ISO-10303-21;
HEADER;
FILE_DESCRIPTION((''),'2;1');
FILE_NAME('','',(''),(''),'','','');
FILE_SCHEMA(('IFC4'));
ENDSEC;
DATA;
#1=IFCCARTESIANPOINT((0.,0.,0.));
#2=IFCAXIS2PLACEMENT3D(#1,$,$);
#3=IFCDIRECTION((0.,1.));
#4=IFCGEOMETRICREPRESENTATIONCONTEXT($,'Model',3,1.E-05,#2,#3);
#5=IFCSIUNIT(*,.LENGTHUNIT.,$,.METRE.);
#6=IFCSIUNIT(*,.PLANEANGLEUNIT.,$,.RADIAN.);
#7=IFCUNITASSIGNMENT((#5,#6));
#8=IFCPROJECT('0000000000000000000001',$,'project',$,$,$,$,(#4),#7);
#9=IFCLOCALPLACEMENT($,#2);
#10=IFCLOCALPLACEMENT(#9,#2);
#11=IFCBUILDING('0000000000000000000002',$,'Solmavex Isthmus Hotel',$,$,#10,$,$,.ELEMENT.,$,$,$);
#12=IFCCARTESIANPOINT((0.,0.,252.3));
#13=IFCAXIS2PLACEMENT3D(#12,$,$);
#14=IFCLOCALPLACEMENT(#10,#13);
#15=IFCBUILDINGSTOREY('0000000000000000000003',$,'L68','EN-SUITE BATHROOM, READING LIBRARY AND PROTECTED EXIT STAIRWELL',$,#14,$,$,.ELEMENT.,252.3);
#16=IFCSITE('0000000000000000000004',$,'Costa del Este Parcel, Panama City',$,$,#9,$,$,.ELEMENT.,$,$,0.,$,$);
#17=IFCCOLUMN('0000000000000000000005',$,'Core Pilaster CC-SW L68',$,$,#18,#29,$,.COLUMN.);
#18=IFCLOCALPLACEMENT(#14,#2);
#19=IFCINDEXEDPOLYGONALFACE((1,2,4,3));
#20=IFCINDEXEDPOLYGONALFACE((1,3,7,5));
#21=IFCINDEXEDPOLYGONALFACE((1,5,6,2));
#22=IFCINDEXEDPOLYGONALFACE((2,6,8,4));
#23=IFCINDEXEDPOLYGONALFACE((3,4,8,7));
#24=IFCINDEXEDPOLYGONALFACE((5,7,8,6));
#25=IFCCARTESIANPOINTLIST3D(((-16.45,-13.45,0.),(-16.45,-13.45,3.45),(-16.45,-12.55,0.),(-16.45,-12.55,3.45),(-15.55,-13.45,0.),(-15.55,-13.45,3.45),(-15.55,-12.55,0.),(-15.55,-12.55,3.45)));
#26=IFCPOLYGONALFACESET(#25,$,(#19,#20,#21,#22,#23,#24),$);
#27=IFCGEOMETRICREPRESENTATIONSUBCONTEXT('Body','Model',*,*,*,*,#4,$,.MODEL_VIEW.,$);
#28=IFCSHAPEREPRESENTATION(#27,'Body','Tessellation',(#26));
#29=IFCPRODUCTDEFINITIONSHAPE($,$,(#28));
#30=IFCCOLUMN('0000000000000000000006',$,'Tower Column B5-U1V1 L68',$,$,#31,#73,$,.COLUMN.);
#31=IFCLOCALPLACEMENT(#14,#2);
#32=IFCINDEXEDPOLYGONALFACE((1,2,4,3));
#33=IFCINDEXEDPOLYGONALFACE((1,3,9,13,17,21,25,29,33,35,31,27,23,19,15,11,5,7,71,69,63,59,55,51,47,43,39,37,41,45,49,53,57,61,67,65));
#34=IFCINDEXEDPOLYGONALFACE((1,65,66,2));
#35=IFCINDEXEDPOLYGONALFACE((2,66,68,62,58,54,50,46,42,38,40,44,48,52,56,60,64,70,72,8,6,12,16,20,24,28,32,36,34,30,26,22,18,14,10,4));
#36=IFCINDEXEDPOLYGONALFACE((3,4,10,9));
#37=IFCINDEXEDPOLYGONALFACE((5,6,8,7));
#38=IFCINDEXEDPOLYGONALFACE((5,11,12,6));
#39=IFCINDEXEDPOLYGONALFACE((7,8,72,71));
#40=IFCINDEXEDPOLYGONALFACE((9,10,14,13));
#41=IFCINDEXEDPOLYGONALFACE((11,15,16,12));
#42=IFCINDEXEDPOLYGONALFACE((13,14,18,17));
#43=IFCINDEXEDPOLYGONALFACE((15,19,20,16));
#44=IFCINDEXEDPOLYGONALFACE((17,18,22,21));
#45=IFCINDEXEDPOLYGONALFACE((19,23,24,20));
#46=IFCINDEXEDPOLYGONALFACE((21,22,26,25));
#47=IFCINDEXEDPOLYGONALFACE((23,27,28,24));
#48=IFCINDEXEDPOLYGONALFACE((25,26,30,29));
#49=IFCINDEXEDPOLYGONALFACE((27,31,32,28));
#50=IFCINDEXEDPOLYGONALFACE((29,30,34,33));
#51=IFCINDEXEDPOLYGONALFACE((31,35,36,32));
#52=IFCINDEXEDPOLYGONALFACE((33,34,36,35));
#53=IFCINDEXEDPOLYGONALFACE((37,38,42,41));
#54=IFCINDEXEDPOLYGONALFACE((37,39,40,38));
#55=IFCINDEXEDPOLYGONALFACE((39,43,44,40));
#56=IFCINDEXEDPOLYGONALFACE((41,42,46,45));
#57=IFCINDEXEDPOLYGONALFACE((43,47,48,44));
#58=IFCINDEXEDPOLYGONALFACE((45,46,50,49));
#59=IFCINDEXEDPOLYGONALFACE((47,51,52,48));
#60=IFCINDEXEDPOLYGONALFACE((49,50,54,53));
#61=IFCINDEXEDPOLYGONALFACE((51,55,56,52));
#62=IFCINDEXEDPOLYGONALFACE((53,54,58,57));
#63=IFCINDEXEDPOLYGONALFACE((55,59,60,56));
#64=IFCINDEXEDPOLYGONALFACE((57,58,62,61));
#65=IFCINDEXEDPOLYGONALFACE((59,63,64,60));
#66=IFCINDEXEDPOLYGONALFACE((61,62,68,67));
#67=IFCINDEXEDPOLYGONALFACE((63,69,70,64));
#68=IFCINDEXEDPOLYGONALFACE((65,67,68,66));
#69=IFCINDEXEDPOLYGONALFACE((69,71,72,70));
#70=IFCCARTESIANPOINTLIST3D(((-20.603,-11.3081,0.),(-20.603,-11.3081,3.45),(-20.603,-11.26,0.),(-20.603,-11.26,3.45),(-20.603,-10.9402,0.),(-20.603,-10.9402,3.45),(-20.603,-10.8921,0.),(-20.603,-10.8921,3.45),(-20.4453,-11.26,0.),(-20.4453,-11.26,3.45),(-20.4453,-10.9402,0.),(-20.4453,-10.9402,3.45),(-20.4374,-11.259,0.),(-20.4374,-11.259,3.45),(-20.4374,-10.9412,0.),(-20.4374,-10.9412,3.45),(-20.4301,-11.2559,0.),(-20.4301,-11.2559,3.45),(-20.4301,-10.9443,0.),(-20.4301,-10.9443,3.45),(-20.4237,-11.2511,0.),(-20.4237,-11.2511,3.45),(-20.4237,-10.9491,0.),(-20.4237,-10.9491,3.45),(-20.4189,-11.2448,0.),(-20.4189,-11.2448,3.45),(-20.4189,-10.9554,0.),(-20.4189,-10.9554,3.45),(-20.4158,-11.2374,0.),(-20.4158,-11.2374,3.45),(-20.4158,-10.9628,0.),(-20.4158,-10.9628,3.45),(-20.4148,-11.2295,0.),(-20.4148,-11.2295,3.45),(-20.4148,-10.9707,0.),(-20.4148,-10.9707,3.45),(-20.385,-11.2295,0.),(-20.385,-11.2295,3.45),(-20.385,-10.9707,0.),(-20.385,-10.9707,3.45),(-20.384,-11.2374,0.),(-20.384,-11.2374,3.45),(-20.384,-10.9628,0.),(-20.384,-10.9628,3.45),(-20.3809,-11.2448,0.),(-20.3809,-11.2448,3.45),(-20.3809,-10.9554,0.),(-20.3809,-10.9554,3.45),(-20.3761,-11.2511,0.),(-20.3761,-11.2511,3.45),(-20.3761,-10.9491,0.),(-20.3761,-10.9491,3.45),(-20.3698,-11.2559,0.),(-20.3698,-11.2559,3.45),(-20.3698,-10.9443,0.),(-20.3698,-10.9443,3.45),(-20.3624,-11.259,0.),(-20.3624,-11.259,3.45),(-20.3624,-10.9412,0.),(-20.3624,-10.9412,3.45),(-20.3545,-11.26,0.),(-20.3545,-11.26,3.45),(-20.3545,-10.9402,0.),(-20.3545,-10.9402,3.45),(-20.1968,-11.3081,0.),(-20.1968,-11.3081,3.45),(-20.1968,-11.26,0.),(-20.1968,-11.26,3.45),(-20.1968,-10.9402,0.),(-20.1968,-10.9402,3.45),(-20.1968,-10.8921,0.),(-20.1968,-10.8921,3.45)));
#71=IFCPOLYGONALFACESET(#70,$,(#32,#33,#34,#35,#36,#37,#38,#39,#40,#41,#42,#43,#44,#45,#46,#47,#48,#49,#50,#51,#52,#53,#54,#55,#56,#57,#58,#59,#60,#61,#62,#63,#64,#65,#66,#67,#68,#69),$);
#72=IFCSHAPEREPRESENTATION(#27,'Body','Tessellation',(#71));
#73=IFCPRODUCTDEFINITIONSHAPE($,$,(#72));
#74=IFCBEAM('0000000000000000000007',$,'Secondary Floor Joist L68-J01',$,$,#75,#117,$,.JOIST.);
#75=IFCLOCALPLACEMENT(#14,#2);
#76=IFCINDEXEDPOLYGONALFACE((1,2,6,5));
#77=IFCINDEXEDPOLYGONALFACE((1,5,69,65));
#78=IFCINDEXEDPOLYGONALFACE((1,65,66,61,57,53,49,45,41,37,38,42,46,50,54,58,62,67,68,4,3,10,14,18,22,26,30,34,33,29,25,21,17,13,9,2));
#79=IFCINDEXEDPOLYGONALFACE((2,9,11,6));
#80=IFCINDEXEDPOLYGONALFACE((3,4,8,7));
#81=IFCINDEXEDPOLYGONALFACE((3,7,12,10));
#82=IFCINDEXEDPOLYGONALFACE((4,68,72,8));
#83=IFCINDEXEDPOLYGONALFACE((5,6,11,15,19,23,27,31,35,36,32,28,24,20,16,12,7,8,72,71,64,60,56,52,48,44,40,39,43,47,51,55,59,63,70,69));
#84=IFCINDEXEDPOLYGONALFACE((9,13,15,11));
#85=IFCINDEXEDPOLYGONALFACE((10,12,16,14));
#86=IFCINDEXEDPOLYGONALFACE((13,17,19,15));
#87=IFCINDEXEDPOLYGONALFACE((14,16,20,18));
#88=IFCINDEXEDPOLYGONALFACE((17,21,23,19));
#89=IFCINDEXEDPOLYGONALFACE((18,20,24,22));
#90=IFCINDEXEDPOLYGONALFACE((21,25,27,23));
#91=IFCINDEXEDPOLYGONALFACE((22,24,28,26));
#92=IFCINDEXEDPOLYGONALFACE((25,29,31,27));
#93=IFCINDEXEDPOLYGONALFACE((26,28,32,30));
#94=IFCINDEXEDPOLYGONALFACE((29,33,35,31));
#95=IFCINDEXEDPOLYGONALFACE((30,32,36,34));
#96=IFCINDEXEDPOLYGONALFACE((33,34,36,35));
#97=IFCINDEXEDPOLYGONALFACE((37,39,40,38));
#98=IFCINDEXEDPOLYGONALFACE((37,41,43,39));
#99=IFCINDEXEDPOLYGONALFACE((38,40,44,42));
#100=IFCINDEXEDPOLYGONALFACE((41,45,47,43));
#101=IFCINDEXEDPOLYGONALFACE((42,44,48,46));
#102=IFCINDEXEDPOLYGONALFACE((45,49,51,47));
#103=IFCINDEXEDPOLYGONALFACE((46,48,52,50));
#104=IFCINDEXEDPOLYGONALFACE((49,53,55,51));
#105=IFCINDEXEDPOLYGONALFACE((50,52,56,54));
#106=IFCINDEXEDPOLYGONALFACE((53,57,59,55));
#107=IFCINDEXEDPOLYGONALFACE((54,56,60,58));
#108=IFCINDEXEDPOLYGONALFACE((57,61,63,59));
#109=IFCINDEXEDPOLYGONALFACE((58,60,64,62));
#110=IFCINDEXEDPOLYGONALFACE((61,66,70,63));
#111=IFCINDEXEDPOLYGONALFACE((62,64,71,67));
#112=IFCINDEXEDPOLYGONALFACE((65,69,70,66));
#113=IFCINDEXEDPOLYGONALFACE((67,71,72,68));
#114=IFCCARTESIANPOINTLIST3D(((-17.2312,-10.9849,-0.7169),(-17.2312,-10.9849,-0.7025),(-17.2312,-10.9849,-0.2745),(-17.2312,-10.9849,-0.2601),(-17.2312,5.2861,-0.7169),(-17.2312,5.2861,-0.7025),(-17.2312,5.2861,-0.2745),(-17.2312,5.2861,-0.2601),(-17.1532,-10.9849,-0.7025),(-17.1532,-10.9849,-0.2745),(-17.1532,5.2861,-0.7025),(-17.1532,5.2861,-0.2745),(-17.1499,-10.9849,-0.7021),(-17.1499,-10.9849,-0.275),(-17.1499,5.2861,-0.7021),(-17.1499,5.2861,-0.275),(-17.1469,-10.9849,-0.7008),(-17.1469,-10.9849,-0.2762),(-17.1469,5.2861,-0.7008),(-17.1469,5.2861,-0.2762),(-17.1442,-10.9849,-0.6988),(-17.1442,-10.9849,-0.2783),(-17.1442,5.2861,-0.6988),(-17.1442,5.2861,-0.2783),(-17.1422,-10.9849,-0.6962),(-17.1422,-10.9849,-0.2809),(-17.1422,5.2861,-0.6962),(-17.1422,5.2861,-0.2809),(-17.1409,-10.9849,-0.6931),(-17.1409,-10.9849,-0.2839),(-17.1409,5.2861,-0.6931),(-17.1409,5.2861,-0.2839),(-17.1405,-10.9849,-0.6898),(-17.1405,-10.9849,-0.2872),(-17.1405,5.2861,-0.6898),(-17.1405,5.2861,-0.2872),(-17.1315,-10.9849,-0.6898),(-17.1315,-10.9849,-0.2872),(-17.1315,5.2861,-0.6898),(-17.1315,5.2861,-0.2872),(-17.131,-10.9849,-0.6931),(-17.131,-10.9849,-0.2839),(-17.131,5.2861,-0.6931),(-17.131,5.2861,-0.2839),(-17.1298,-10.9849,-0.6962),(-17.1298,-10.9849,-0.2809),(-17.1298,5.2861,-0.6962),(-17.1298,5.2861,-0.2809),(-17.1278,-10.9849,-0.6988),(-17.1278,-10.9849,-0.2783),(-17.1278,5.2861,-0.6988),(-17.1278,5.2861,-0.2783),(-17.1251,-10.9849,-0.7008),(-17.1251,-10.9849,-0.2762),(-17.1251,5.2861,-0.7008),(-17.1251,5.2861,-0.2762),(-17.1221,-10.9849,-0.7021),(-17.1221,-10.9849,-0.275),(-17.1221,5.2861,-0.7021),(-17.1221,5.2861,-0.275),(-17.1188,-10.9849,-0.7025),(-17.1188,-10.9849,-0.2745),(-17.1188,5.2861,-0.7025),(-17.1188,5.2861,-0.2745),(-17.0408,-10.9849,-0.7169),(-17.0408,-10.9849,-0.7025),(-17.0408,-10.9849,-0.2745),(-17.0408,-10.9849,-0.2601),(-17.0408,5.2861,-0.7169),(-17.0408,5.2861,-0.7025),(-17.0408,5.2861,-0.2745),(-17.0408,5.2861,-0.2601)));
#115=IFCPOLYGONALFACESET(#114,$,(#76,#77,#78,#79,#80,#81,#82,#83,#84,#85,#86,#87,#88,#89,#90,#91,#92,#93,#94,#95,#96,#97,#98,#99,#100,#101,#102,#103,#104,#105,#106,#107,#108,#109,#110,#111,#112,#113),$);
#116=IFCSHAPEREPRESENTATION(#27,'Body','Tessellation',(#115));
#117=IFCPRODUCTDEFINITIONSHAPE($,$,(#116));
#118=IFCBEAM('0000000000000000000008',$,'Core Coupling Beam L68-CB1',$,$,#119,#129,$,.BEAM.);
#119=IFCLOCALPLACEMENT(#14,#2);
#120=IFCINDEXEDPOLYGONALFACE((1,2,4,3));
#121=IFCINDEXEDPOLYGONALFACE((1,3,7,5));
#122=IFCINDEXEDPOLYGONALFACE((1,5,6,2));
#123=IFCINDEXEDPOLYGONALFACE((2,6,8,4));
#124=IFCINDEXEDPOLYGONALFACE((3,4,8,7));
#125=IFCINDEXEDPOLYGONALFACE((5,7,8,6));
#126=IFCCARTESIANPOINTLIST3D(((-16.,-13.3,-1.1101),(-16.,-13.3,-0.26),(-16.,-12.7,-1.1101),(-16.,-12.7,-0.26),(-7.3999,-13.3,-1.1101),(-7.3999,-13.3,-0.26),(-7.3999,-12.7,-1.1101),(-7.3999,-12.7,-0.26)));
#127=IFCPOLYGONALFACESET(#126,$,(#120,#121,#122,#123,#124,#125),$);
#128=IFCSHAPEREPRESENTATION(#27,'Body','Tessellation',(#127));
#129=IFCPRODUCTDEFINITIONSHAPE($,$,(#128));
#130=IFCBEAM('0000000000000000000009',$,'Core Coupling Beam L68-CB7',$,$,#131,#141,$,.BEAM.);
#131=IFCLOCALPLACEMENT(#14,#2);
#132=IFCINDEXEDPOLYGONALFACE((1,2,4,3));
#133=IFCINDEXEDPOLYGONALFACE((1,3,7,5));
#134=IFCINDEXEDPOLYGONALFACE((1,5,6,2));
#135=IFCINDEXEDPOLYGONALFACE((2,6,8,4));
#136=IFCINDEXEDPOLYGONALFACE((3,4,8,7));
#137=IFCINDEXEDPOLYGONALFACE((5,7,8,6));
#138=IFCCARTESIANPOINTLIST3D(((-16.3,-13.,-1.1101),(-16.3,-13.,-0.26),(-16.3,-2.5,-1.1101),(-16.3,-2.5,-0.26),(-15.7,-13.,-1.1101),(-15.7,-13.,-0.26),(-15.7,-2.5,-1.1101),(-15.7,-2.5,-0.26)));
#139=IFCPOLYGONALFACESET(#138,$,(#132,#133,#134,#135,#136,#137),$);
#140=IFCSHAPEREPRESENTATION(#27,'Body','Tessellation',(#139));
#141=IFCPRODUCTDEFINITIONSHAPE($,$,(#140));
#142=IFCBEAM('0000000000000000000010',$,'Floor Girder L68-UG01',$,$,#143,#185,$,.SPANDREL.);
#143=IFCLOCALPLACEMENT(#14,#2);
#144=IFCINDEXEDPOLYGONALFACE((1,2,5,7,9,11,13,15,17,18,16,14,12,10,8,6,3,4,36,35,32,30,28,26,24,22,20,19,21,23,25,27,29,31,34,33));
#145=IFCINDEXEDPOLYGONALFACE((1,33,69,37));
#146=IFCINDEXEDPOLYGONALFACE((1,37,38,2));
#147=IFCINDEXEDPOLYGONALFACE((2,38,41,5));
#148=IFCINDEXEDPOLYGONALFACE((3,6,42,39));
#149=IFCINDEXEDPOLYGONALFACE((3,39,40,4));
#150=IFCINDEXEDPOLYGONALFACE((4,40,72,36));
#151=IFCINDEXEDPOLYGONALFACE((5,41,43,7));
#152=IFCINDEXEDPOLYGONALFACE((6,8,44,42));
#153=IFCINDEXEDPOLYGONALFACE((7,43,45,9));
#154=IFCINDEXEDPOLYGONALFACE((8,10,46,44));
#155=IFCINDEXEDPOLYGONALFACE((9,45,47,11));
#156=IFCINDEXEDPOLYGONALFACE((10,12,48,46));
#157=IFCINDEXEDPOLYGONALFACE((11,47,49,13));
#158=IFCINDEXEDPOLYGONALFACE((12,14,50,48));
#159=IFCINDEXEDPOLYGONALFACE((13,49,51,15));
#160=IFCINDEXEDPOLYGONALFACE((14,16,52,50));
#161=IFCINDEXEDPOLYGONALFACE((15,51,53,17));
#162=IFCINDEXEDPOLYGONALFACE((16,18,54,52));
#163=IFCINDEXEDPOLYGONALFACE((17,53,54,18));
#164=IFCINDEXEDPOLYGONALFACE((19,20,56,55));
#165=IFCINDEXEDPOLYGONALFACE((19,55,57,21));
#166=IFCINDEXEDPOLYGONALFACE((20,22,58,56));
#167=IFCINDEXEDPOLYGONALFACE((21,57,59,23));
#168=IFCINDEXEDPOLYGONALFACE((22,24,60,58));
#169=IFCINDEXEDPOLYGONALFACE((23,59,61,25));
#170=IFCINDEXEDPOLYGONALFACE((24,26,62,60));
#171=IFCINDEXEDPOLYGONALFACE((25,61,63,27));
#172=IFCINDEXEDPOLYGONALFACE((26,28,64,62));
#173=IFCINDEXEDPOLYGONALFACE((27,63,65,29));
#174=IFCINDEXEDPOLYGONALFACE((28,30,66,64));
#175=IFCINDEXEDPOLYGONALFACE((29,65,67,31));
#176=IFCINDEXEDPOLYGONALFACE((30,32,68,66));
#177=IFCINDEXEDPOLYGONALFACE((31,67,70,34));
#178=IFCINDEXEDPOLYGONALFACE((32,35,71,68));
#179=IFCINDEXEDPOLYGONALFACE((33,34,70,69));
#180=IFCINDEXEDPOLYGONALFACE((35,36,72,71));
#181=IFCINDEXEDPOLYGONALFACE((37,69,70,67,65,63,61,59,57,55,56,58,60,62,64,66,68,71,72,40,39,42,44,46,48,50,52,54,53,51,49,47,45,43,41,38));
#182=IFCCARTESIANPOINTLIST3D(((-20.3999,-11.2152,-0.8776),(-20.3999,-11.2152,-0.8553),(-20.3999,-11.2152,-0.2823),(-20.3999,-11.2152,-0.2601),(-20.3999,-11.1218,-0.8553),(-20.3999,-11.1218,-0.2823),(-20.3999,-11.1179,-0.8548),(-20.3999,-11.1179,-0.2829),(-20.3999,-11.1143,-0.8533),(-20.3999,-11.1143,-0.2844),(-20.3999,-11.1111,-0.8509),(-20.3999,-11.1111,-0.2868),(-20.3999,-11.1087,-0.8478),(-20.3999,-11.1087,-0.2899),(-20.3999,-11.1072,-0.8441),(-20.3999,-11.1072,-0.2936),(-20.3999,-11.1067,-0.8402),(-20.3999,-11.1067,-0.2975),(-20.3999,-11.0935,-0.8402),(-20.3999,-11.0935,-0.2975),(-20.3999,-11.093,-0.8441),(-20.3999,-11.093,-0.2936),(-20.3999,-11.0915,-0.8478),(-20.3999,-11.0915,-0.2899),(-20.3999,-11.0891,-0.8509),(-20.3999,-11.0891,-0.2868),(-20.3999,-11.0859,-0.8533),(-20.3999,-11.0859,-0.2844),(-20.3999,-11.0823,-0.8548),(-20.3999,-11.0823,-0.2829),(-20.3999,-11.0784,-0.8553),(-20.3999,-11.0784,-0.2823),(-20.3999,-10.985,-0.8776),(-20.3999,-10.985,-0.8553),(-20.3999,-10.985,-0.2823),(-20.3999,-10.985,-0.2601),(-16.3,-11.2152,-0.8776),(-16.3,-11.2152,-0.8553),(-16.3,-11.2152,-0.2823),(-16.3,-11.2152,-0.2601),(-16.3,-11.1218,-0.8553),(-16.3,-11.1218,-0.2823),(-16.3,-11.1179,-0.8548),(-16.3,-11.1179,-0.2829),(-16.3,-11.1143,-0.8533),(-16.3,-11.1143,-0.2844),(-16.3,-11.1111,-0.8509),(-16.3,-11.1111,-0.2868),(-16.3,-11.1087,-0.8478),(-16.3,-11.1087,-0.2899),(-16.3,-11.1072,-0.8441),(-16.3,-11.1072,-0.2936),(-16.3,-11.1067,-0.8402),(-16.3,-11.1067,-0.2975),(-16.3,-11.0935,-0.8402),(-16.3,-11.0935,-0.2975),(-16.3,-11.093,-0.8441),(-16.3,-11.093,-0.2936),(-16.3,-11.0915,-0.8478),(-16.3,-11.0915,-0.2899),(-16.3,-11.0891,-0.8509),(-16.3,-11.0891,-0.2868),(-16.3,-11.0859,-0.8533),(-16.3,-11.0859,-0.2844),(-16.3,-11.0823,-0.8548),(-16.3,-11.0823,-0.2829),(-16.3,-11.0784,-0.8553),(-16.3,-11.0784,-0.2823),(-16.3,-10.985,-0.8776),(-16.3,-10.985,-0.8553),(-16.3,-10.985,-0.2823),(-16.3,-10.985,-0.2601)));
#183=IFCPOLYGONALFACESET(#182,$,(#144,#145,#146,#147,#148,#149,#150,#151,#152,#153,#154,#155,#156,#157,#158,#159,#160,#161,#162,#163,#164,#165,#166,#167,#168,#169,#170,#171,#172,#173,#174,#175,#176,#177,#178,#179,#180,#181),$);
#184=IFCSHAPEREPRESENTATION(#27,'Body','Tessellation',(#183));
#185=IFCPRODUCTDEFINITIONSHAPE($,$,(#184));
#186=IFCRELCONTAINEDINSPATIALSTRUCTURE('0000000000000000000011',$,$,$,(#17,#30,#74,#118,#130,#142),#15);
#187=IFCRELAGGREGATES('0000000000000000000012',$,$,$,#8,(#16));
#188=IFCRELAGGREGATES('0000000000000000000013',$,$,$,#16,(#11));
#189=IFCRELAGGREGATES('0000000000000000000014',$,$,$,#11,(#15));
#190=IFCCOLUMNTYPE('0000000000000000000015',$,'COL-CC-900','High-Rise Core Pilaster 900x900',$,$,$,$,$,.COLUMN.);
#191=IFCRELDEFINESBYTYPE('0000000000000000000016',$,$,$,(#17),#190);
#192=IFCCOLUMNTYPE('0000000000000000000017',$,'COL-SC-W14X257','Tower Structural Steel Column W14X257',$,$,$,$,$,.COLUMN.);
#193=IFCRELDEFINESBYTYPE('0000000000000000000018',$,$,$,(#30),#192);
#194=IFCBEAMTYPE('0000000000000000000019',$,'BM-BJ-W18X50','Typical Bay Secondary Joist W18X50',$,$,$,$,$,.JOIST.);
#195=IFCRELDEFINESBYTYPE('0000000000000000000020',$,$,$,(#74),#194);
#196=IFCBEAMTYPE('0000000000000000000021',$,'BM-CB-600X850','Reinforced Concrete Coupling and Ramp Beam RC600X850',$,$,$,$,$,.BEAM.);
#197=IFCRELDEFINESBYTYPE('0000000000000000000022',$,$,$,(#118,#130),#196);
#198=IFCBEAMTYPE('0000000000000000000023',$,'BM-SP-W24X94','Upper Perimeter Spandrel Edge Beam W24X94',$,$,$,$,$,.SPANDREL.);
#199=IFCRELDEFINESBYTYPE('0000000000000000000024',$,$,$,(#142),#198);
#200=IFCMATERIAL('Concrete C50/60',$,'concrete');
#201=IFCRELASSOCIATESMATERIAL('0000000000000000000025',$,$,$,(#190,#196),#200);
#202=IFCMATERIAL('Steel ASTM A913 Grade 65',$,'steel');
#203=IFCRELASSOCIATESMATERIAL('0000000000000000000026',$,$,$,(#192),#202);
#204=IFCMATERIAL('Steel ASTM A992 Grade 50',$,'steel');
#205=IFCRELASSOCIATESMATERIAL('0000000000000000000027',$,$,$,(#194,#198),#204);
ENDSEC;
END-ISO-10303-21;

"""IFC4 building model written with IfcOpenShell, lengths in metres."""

from ifc_helpers import new_model, si_unit, direction, frame, origin, origin_2d, place, context, subcontext, project, spatial, rectangle, i_section, extrude, material, material_profile, profile_set, type_object, element, save


model = new_model("IFC4")

# Units and contexts
model_context = context("Model", 3, precision=1e-05, world=origin(), true_north=direction((0.0, 1.0)))
body_context = subcontext(model_context, "Body", "Model", "MODEL_VIEW")
ifc_project = project(units=[si_unit("LENGTHUNIT", "METRE"), si_unit("PLANEANGLEUNIT", "RADIAN")], contexts=[model_context])

# Site, building, storey
site_placement = place(None, origin())
site = spatial("IfcSite", under=ifc_project, at=site_placement, Name="Costa del Este Parcel, Panama City", CompositionType="ELEMENT", RefElevation=0.0)
building_placement = place(site_placement, origin())
building = spatial("IfcBuilding", under=site, at=building_placement, Name="Solmavex Isthmus Hotel", CompositionType="ELEMENT")
storey_placement = place(building_placement, frame((0.0, 0.0, 252.3)))
storey = spatial("IfcBuildingStorey", under=building, at=storey_placement, Name="L68", Description="EN-SUITE BATHROOM, READING LIBRARY AND PROTECTED EXIT STAIRWELL", CompositionType="ELEMENT", Elevation=252.3)

# Columns
ifc_material_1 = material(Name="Concrete C50/60", Category="concrete")
ifc_material_profile_1 = material_profile(ifc_material_1, rectangle(XDim=0.8999, YDim=0.8999, at=origin_2d()), Name="RC900X900")
ifc_profile_set_1 = profile_set([ifc_material_profile_1], Name="Concrete C50/60")
column_type_1 = type_object("IfcColumnType", Name="COL-CC-900", Description="High-Rise Core Pilaster 900x900", PredefinedType="COLUMN", material=ifc_profile_set_1)
column_1_placement = place(storey_placement, frame((-16.0, -13.0, 0.0), z_axis=(0.0, 0.0, 1.0), x_axis=(1.0, 0.0, 0.0)))
element("IfcColumn", 1, at=column_1_placement, inside=storey, type_object=column_type_1, Name="Core Pilaster CC-SW L68", PredefinedType="COLUMN", context=body_context, shape_type="SweptSolid", body=[
    extrude(rectangle(XDim=0.8999, YDim=0.8999, at=origin_2d()), origin(), (0.0, 0.0, 1.0), 3.45),
])
ifc_material_2 = material(Name="Steel ASTM A913 Grade 65", Category="steel")
ifc_material_profile_2 = material_profile(ifc_material_2, i_section(OverallWidth=0.4062, OverallDepth=0.416, WebThickness=0.0298, FlangeThickness=0.0481, FilletRadius=0.0305, at=origin_2d()), Name="W14X257")
ifc_profile_set_2 = profile_set([ifc_material_profile_2], Name="Steel ASTM A913 Grade 65")
column_type_2 = type_object("IfcColumnType", Name="COL-SC-W14X257", Description="Tower Structural Steel Column W14X257", PredefinedType="COLUMN", material=ifc_profile_set_2)
column_2_placement = place(storey_placement, frame((-20.3999, -11.1001, 0.0), z_axis=(0.0, 0.0, 1.0), x_axis=(1.0, 0.0, 0.0)))
element("IfcColumn", 2, at=column_2_placement, inside=storey, type_object=column_type_2, Name="Tower Column B5-U1V1 L68", PredefinedType="COLUMN", context=body_context, shape_type="SweptSolid", body=[
    extrude(i_section(OverallWidth=0.4062, OverallDepth=0.416, WebThickness=0.0298, FlangeThickness=0.0481, FilletRadius=0.0305, at=origin_2d()), origin(), (0.0, 0.0, 1.0), 3.45),
])

# Beams
ifc_material_3 = material(Name="Steel ASTM A992 Grade 50", Category="steel")
ifc_material_profile_3 = material_profile(ifc_material_3, i_section(OverallWidth=0.1904, OverallDepth=0.4568, WebThickness=0.009, FlangeThickness=0.0144, FilletRadius=0.0127, at=origin_2d()), Name="W18X50")
ifc_profile_set_3 = profile_set([ifc_material_profile_3], Name="Steel ASTM A992 Grade 50")
beam_type_1 = type_object("IfcBeamType", Name="BM-BJ-W18X50", Description="Typical Bay Secondary Joist W18X50", PredefinedType="JOIST", material=ifc_profile_set_3)
beam_1_placement = place(storey_placement, frame((-17.136, -10.9849, -0.4885), z_axis=(0.0, 1.0, 0.0), x_axis=(-1.0, 0.0, 0.0)))
element("IfcBeam", 3, at=beam_1_placement, inside=storey, type_object=beam_type_1, Name="Secondary Floor Joist L68-J01", PredefinedType="JOIST", context=body_context, shape_type="SweptSolid", body=[
    extrude(i_section(OverallWidth=0.1904, OverallDepth=0.4568, WebThickness=0.009, FlangeThickness=0.0144, FilletRadius=0.0127, at=origin_2d()), origin(), (0.0, 0.0, 1.0), 16.271),
])
ifc_material_profile_4 = material_profile(ifc_material_1, rectangle(XDim=0.6001, YDim=0.8501, at=origin_2d()), Name="RC600X850")
ifc_profile_set_4 = profile_set([ifc_material_profile_4], Name="Concrete C50/60")
beam_type_2 = type_object("IfcBeamType", Name="BM-CB-600X850", Description="Reinforced Concrete Coupling and Ramp Beam RC600X850", PredefinedType="BEAM", material=ifc_profile_set_4)
beam_2_placement = place(storey_placement, frame((-16.0, -13.0, -0.6851), z_axis=(1.0, 0.0, 0.0), x_axis=(0.0, 1.0, 0.0)))
element("IfcBeam", 4, at=beam_2_placement, inside=storey, type_object=beam_type_2, Name="Core Coupling Beam L68-CB1", PredefinedType="BEAM", context=body_context, shape_type="SweptSolid", body=[
    extrude(rectangle(XDim=0.6001, YDim=0.8501, at=origin_2d()), origin(), (0.0, 0.0, 1.0), 8.6001),
])
beam_3_placement = place(storey_placement, frame((-16.0, -13.0, -0.6851), z_axis=(0.0, 1.0, 0.0), x_axis=(-1.0, 0.0, 0.0)))
element("IfcBeam", 5, at=beam_3_placement, inside=storey, type_object=beam_type_2, Name="Core Coupling Beam L68-CB7", PredefinedType="BEAM", context=body_context, shape_type="SweptSolid", body=[
    extrude(rectangle(XDim=0.6001, YDim=0.8501, at=origin_2d()), origin(), (0.0, 0.0, 1.0), 10.5),
])
ifc_material_profile_5 = material_profile(ifc_material_3, i_section(OverallWidth=0.2302, OverallDepth=0.6174, WebThickness=0.0132, FlangeThickness=0.0222, FilletRadius=0.0151, at=origin_2d()), Name="W24X94")
ifc_profile_set_5 = profile_set([ifc_material_profile_5], Name="Steel ASTM A992 Grade 50")
beam_type_3 = type_object("IfcBeamType", Name="BM-SP-W24X94", Description="Upper Perimeter Spandrel Edge Beam W24X94", PredefinedType="SPANDREL", material=ifc_profile_set_5)
beam_4_placement = place(storey_placement, frame((-20.3999, -11.1001, -0.5688), z_axis=(1.0, 0.0, 0.0), x_axis=(0.0, 1.0, 0.0)))
element("IfcBeam", 6, at=beam_4_placement, inside=storey, type_object=beam_type_3, Name="Floor Girder L68-UG01", PredefinedType="SPANDREL", context=body_context, shape_type="SweptSolid", body=[
    extrude(i_section(OverallWidth=0.2302, OverallDepth=0.6174, WebThickness=0.0132, FlangeThickness=0.0222, FilletRadius=0.0151, at=origin_2d()), origin(), (0.0, 0.0, 1.0), 4.0999),
])

save(model, "model.ifc")
